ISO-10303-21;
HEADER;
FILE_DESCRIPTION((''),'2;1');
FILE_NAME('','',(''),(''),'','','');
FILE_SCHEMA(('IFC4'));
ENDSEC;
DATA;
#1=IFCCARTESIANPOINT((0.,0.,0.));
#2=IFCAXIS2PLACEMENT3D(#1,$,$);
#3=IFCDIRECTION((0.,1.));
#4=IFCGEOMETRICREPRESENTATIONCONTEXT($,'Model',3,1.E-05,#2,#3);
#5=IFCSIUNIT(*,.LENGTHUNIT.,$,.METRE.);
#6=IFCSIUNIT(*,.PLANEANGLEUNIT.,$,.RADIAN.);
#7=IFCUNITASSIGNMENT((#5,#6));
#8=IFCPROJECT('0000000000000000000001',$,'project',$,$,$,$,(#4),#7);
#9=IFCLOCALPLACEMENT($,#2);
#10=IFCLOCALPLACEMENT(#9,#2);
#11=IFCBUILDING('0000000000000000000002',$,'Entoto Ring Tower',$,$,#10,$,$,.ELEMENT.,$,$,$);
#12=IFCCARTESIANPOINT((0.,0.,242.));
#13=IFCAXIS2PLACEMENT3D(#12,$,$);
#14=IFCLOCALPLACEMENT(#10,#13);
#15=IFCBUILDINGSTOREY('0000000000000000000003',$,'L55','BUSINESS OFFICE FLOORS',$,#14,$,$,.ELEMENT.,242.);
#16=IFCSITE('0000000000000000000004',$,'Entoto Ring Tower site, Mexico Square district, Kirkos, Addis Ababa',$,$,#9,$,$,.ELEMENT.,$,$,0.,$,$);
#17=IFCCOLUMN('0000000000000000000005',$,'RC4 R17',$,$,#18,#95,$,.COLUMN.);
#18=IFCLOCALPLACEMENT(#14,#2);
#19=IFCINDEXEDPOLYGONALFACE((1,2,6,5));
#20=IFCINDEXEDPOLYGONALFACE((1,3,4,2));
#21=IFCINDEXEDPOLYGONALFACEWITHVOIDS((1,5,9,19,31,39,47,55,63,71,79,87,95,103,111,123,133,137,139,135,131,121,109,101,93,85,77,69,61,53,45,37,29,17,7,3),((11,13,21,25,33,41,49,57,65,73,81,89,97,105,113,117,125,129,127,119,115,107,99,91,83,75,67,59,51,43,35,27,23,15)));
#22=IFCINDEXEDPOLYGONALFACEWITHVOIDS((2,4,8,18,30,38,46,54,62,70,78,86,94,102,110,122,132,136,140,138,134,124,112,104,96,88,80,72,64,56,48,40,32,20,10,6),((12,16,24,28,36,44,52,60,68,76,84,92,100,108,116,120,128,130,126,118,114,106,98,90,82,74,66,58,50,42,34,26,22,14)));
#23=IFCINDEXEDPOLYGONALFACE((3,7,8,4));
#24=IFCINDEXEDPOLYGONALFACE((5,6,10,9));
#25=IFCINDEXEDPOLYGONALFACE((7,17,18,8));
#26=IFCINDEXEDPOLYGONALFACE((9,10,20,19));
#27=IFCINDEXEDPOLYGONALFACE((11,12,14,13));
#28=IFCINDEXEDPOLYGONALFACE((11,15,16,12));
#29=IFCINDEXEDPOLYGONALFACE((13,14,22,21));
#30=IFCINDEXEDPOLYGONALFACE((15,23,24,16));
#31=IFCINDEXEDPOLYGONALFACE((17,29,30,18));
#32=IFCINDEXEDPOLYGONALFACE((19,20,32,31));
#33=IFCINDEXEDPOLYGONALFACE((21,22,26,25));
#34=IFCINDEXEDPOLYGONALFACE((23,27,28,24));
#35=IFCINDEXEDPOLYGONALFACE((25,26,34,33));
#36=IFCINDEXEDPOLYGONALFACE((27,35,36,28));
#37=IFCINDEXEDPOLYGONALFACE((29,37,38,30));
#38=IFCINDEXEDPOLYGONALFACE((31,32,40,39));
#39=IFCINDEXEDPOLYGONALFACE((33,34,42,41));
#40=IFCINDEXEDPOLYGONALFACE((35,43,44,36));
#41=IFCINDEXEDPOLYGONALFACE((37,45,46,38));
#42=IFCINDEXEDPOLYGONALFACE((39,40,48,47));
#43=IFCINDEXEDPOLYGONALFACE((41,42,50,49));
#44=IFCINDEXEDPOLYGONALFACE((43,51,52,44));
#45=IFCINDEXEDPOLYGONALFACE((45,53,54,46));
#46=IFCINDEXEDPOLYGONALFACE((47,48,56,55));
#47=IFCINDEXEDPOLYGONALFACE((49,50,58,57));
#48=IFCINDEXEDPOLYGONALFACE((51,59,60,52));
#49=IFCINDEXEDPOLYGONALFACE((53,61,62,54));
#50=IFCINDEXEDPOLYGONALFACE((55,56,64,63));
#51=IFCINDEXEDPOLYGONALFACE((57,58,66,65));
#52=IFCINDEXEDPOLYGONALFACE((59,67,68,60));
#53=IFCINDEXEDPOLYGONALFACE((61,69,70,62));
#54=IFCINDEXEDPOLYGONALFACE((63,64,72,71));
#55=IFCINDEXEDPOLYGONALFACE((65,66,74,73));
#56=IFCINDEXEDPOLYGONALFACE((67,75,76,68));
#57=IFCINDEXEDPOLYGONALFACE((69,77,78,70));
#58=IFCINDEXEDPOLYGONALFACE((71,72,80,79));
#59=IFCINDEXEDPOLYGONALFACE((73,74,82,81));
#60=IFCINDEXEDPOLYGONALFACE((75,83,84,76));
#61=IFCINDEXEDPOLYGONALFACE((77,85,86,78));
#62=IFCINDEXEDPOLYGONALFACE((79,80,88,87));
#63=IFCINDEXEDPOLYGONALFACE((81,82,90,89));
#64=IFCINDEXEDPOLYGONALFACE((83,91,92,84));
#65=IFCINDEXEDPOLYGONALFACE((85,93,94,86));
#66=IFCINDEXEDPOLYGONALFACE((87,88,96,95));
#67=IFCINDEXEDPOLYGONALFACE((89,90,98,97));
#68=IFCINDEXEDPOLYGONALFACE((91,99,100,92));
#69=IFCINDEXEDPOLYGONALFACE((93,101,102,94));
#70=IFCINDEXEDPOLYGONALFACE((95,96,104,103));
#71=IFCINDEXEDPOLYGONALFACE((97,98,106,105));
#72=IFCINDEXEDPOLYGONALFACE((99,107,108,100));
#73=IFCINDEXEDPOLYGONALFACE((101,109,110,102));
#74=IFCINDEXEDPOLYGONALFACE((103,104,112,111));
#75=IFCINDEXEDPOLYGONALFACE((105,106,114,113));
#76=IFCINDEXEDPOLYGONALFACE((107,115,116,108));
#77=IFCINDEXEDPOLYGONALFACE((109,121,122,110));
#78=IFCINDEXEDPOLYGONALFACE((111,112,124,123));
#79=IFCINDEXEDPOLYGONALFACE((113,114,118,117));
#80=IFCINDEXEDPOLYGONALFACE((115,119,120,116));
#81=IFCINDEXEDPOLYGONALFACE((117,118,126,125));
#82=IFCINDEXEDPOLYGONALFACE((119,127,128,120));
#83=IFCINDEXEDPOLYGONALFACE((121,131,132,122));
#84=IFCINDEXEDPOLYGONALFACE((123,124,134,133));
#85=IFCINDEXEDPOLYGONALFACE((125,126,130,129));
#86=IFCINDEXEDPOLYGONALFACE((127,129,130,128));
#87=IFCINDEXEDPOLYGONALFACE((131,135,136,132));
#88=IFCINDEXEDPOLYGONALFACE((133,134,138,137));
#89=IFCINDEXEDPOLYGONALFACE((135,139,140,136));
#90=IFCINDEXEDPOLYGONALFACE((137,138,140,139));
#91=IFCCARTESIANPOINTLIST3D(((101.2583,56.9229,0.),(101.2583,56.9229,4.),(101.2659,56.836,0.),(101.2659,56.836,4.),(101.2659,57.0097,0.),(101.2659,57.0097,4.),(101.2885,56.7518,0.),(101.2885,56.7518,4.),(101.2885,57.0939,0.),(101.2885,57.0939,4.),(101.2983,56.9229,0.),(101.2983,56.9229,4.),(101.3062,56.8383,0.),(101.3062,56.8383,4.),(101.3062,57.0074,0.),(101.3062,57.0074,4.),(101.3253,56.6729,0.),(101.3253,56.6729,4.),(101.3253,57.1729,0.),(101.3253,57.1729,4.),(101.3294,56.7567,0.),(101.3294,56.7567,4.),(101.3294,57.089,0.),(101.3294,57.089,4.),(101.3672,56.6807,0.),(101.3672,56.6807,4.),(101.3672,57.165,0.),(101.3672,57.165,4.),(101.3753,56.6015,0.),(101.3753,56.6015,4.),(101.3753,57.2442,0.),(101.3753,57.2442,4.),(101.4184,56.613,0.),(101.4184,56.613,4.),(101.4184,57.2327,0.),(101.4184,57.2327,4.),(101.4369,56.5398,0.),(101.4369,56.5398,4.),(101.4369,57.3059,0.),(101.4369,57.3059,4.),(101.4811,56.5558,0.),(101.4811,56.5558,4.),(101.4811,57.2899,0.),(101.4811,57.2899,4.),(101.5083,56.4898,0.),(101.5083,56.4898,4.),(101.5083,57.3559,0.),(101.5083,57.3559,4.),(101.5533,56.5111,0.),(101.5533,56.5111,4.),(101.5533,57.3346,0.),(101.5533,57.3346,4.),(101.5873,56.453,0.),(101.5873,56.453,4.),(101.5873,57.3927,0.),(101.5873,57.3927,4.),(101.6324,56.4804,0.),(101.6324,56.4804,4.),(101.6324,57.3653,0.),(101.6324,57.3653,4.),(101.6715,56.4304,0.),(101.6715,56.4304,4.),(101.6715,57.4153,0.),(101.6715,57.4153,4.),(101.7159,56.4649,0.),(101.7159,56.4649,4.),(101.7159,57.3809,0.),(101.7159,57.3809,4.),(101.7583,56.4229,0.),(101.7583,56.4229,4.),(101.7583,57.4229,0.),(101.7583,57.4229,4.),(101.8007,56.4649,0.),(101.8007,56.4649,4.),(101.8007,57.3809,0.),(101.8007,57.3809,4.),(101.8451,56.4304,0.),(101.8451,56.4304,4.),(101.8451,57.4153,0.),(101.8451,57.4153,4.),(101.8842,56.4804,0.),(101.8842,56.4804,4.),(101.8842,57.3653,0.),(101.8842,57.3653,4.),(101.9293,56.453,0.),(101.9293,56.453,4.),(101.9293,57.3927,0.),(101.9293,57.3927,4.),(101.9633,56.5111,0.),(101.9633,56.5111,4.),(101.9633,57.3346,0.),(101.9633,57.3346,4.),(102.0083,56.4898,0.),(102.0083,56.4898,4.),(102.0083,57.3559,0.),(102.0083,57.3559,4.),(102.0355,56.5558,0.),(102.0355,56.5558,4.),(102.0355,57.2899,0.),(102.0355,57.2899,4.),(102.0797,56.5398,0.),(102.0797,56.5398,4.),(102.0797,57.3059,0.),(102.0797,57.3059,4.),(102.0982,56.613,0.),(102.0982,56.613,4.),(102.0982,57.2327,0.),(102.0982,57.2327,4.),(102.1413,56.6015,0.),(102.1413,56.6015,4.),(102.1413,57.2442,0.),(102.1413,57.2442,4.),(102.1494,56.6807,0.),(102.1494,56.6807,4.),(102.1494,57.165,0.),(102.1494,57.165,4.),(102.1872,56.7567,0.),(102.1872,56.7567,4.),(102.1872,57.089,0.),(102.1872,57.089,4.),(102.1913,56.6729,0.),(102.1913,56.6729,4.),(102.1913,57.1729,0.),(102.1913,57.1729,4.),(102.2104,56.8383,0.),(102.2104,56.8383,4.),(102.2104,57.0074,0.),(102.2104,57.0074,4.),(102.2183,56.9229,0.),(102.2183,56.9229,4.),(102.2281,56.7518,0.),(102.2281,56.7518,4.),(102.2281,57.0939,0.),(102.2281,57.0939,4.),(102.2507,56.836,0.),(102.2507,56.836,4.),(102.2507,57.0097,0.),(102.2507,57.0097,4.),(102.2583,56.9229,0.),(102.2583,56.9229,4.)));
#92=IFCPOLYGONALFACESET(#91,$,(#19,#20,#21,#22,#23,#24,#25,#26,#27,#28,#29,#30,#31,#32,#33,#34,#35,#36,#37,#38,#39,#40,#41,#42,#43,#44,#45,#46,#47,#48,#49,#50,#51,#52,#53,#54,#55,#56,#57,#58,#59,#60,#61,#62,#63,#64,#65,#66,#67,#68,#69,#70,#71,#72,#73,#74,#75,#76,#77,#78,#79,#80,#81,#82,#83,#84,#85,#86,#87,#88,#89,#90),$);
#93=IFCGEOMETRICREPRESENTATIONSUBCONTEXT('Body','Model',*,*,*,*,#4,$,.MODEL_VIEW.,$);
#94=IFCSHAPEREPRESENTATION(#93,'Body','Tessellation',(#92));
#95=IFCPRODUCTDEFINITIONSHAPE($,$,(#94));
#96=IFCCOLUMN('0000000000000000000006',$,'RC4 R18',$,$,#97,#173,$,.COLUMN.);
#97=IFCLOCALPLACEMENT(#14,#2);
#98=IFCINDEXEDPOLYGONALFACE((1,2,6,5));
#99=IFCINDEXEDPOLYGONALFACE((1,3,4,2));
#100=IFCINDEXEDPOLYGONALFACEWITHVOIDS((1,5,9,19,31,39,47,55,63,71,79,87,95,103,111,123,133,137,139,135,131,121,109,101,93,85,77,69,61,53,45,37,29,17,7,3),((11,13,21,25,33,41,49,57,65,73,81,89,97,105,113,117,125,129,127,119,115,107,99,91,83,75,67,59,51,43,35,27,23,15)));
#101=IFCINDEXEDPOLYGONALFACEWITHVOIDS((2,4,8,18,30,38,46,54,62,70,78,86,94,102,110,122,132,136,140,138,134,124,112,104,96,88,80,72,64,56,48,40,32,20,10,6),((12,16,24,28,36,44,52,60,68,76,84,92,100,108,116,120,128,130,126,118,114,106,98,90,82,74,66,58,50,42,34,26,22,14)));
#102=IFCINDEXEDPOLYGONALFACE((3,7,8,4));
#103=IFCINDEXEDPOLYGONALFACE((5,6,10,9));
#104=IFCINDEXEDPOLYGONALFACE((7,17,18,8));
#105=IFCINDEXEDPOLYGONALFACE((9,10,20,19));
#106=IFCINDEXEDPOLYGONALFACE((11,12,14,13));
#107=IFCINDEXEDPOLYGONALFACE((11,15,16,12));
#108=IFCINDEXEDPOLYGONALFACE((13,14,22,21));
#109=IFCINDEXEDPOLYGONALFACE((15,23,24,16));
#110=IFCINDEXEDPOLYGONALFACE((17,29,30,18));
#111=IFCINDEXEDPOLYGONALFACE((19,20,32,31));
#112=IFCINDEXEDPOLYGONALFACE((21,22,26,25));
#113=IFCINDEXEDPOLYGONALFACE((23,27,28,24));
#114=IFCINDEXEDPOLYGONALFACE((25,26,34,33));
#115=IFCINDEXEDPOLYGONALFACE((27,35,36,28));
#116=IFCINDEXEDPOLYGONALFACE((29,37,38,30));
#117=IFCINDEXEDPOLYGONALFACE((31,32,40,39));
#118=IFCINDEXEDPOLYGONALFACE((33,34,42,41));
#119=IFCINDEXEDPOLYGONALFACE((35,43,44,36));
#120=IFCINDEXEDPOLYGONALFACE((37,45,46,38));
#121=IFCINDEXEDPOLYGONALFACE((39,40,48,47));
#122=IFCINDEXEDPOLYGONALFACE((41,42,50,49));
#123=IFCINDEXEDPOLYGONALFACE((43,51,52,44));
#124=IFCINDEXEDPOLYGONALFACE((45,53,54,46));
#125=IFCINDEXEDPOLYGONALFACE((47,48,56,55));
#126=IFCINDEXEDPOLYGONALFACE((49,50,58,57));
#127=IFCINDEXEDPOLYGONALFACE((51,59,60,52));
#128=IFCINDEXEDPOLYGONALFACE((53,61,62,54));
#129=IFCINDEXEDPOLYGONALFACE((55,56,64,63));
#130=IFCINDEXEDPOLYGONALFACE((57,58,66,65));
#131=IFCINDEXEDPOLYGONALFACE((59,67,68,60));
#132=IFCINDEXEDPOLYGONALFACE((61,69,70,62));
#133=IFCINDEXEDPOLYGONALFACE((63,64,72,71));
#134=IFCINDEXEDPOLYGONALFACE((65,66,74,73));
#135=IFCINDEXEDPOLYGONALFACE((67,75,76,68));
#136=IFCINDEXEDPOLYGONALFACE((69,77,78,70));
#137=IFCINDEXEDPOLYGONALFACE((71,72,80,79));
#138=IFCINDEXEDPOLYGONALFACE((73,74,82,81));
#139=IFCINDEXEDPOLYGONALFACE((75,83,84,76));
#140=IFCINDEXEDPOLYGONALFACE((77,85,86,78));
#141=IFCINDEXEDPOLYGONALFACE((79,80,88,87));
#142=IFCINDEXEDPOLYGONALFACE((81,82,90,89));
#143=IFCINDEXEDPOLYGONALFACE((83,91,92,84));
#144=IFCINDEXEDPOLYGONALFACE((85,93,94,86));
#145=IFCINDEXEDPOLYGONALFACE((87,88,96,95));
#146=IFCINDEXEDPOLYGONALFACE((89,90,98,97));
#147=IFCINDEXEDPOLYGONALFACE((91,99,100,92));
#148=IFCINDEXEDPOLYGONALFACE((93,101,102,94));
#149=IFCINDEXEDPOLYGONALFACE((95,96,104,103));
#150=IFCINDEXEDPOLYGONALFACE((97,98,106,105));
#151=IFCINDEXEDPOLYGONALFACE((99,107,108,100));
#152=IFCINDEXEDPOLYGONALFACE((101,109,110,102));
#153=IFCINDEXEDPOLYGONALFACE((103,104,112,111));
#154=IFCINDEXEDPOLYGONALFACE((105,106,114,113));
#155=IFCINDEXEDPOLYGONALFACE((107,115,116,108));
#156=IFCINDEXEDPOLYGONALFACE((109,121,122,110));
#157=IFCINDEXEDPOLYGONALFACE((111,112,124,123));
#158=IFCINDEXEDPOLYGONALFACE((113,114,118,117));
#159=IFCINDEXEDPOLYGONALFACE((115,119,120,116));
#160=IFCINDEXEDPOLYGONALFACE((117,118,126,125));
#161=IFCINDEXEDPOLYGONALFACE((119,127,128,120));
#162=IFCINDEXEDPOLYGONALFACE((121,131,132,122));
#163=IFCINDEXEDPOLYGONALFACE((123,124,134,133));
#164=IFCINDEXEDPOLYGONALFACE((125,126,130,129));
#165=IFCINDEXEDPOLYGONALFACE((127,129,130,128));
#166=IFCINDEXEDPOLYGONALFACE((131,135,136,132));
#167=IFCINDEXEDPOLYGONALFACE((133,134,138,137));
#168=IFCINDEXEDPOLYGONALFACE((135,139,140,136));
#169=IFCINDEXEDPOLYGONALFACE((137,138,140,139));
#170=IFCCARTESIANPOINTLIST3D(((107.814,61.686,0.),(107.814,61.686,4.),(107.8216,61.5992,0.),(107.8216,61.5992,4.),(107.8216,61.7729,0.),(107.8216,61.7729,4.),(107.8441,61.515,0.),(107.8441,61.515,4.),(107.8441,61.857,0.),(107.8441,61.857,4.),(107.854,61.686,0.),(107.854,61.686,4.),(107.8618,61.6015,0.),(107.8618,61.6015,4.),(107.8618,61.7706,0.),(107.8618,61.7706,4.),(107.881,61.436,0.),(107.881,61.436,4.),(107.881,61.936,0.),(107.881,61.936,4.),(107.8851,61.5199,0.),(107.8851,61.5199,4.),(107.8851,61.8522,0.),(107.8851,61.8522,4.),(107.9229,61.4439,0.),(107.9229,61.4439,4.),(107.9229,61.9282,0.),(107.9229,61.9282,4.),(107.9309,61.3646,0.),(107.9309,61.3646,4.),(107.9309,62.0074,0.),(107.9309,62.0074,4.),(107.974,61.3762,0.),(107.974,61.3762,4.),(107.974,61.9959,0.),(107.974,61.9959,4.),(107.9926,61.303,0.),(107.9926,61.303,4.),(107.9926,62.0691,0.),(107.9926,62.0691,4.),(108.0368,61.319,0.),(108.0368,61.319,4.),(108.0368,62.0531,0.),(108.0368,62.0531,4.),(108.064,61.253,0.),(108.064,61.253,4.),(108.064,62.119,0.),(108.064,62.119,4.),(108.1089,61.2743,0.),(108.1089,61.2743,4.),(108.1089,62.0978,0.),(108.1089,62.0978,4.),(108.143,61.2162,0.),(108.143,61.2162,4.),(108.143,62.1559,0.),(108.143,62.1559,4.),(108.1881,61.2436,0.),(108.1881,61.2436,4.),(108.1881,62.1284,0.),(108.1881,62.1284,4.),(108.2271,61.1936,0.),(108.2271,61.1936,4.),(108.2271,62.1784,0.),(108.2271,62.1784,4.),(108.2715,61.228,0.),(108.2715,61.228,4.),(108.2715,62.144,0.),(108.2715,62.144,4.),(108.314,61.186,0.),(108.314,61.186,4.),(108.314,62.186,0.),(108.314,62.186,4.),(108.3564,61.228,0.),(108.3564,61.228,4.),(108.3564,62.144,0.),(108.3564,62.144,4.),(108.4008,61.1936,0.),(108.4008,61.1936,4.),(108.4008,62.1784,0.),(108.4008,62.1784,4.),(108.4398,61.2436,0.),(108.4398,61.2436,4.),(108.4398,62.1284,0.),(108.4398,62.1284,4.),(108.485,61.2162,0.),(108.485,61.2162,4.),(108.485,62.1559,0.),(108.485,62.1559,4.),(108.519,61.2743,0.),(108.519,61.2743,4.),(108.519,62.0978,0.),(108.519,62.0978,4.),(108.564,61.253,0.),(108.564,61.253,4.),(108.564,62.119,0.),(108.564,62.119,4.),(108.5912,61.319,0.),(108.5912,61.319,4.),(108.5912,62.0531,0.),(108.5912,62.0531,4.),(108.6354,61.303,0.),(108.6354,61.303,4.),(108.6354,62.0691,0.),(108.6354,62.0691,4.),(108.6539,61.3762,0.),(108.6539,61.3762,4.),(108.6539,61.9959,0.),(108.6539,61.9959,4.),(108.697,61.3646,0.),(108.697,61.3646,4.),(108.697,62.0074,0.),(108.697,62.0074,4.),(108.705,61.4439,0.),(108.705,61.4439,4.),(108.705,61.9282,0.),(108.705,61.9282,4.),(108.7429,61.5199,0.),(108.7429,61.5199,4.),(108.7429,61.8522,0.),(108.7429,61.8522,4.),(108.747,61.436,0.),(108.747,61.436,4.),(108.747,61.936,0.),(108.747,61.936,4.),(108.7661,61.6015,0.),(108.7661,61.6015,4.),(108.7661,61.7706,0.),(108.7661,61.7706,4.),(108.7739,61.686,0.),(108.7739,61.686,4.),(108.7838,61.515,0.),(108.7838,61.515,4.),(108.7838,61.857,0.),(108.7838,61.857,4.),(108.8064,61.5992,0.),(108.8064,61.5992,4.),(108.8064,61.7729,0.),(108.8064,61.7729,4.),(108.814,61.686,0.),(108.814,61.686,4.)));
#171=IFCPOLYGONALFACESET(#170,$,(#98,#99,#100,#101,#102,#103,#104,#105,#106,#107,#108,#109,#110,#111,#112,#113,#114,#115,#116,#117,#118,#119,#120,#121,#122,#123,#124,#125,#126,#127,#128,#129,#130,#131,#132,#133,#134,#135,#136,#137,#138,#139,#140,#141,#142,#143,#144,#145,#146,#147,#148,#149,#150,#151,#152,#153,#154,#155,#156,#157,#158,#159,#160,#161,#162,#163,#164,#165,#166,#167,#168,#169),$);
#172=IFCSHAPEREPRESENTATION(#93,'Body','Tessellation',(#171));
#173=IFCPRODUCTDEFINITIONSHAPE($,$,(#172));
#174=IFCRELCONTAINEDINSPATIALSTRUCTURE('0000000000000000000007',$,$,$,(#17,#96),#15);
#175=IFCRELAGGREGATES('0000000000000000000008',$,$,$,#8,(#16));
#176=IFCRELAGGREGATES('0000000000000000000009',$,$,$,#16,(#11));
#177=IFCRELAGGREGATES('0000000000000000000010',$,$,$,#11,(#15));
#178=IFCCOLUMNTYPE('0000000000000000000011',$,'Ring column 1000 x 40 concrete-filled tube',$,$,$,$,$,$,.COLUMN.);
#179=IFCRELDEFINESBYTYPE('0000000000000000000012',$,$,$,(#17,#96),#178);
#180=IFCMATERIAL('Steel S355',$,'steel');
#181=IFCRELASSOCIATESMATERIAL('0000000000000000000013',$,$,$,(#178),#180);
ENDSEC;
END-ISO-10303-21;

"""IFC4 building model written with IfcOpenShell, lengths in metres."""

from ifc_helpers import new_model, si_unit, direction, frame, origin, origin_2d, place, context, subcontext, project, spatial, circle, hollow_circle, extrude, material, material_profile, profile_set, type_object, element, save


model = new_model("IFC4")

# Units and contexts
model_context = context("Model", 3, precision=1e-05, world=origin(), true_north=direction((0.0, 1.0)))
body_context = subcontext(model_context, "Body", "Model", "MODEL_VIEW")
ifc_project = project(units=[si_unit("LENGTHUNIT", "METRE"), si_unit("PLANEANGLEUNIT", "RADIAN")], contexts=[model_context])

# Site, building, storey
site_placement = place(None, origin())
site = spatial("IfcSite", under=ifc_project, at=site_placement, Name="Entoto Ring Tower site, Mexico Square district, Kirkos, Addis Ababa", CompositionType="ELEMENT", RefElevation=0.0)
building_placement = place(site_placement, origin())
building = spatial("IfcBuilding", under=site, at=building_placement, Name="Entoto Ring Tower", CompositionType="ELEMENT")
storey_placement = place(building_placement, frame((0.0, 0.0, 242.0)))
storey = spatial("IfcBuildingStorey", under=building, at=storey_placement, Name="L55", Description="BUSINESS OFFICE FLOORS", CompositionType="ELEMENT", Elevation=242.0)

# Columns
ifc_material_1 = material(Name="Steel S355", Category="steel")
ifc_material_profile_1 = material_profile(ifc_material_1, hollow_circle(Radius=0.5, WallThickness=0.04, at=origin_2d()), Name="CHS 1000 x 40")
ifc_material_2 = material(Name="Concrete C60/75", Category="concrete")
ifc_material_profile_2 = material_profile(ifc_material_2, circle(Radius=0.46, at=origin_2d()), Name="Concrete C60/75 infill")
ifc_profile_set_1 = profile_set([ifc_material_profile_1, ifc_material_profile_2], Name="Steel S355")
column_type = type_object("IfcColumnType", Name="Ring column 1000 x 40 concrete-filled tube", PredefinedType="COLUMN", material=ifc_profile_set_1)
for number, where, z_axis, x_axis, name in (
    (1, (101.7583, 56.9229, 0.0), (0.0, 0.0, 1.0), (1.0, 0.0, 0.0), "RC4 R17"),
    (2, (108.314, 61.686, 0.0), (0.0, 0.0, 1.0), (1.0, 0.0, 0.0), "RC4 R18"),
):
    element("IfcColumn", number, at=place(storey_placement, frame(where, z_axis=z_axis, x_axis=x_axis)), inside=storey, type_object=column_type, Name=name, PredefinedType="COLUMN", context=body_context, shape_type="SweptSolid", body=[
        extrude(hollow_circle(Radius=0.5, WallThickness=0.04, at=origin_2d()), origin(), (0.0, 0.0, 1.0), 4.0),
    ])

save(model, "model.ifc")
